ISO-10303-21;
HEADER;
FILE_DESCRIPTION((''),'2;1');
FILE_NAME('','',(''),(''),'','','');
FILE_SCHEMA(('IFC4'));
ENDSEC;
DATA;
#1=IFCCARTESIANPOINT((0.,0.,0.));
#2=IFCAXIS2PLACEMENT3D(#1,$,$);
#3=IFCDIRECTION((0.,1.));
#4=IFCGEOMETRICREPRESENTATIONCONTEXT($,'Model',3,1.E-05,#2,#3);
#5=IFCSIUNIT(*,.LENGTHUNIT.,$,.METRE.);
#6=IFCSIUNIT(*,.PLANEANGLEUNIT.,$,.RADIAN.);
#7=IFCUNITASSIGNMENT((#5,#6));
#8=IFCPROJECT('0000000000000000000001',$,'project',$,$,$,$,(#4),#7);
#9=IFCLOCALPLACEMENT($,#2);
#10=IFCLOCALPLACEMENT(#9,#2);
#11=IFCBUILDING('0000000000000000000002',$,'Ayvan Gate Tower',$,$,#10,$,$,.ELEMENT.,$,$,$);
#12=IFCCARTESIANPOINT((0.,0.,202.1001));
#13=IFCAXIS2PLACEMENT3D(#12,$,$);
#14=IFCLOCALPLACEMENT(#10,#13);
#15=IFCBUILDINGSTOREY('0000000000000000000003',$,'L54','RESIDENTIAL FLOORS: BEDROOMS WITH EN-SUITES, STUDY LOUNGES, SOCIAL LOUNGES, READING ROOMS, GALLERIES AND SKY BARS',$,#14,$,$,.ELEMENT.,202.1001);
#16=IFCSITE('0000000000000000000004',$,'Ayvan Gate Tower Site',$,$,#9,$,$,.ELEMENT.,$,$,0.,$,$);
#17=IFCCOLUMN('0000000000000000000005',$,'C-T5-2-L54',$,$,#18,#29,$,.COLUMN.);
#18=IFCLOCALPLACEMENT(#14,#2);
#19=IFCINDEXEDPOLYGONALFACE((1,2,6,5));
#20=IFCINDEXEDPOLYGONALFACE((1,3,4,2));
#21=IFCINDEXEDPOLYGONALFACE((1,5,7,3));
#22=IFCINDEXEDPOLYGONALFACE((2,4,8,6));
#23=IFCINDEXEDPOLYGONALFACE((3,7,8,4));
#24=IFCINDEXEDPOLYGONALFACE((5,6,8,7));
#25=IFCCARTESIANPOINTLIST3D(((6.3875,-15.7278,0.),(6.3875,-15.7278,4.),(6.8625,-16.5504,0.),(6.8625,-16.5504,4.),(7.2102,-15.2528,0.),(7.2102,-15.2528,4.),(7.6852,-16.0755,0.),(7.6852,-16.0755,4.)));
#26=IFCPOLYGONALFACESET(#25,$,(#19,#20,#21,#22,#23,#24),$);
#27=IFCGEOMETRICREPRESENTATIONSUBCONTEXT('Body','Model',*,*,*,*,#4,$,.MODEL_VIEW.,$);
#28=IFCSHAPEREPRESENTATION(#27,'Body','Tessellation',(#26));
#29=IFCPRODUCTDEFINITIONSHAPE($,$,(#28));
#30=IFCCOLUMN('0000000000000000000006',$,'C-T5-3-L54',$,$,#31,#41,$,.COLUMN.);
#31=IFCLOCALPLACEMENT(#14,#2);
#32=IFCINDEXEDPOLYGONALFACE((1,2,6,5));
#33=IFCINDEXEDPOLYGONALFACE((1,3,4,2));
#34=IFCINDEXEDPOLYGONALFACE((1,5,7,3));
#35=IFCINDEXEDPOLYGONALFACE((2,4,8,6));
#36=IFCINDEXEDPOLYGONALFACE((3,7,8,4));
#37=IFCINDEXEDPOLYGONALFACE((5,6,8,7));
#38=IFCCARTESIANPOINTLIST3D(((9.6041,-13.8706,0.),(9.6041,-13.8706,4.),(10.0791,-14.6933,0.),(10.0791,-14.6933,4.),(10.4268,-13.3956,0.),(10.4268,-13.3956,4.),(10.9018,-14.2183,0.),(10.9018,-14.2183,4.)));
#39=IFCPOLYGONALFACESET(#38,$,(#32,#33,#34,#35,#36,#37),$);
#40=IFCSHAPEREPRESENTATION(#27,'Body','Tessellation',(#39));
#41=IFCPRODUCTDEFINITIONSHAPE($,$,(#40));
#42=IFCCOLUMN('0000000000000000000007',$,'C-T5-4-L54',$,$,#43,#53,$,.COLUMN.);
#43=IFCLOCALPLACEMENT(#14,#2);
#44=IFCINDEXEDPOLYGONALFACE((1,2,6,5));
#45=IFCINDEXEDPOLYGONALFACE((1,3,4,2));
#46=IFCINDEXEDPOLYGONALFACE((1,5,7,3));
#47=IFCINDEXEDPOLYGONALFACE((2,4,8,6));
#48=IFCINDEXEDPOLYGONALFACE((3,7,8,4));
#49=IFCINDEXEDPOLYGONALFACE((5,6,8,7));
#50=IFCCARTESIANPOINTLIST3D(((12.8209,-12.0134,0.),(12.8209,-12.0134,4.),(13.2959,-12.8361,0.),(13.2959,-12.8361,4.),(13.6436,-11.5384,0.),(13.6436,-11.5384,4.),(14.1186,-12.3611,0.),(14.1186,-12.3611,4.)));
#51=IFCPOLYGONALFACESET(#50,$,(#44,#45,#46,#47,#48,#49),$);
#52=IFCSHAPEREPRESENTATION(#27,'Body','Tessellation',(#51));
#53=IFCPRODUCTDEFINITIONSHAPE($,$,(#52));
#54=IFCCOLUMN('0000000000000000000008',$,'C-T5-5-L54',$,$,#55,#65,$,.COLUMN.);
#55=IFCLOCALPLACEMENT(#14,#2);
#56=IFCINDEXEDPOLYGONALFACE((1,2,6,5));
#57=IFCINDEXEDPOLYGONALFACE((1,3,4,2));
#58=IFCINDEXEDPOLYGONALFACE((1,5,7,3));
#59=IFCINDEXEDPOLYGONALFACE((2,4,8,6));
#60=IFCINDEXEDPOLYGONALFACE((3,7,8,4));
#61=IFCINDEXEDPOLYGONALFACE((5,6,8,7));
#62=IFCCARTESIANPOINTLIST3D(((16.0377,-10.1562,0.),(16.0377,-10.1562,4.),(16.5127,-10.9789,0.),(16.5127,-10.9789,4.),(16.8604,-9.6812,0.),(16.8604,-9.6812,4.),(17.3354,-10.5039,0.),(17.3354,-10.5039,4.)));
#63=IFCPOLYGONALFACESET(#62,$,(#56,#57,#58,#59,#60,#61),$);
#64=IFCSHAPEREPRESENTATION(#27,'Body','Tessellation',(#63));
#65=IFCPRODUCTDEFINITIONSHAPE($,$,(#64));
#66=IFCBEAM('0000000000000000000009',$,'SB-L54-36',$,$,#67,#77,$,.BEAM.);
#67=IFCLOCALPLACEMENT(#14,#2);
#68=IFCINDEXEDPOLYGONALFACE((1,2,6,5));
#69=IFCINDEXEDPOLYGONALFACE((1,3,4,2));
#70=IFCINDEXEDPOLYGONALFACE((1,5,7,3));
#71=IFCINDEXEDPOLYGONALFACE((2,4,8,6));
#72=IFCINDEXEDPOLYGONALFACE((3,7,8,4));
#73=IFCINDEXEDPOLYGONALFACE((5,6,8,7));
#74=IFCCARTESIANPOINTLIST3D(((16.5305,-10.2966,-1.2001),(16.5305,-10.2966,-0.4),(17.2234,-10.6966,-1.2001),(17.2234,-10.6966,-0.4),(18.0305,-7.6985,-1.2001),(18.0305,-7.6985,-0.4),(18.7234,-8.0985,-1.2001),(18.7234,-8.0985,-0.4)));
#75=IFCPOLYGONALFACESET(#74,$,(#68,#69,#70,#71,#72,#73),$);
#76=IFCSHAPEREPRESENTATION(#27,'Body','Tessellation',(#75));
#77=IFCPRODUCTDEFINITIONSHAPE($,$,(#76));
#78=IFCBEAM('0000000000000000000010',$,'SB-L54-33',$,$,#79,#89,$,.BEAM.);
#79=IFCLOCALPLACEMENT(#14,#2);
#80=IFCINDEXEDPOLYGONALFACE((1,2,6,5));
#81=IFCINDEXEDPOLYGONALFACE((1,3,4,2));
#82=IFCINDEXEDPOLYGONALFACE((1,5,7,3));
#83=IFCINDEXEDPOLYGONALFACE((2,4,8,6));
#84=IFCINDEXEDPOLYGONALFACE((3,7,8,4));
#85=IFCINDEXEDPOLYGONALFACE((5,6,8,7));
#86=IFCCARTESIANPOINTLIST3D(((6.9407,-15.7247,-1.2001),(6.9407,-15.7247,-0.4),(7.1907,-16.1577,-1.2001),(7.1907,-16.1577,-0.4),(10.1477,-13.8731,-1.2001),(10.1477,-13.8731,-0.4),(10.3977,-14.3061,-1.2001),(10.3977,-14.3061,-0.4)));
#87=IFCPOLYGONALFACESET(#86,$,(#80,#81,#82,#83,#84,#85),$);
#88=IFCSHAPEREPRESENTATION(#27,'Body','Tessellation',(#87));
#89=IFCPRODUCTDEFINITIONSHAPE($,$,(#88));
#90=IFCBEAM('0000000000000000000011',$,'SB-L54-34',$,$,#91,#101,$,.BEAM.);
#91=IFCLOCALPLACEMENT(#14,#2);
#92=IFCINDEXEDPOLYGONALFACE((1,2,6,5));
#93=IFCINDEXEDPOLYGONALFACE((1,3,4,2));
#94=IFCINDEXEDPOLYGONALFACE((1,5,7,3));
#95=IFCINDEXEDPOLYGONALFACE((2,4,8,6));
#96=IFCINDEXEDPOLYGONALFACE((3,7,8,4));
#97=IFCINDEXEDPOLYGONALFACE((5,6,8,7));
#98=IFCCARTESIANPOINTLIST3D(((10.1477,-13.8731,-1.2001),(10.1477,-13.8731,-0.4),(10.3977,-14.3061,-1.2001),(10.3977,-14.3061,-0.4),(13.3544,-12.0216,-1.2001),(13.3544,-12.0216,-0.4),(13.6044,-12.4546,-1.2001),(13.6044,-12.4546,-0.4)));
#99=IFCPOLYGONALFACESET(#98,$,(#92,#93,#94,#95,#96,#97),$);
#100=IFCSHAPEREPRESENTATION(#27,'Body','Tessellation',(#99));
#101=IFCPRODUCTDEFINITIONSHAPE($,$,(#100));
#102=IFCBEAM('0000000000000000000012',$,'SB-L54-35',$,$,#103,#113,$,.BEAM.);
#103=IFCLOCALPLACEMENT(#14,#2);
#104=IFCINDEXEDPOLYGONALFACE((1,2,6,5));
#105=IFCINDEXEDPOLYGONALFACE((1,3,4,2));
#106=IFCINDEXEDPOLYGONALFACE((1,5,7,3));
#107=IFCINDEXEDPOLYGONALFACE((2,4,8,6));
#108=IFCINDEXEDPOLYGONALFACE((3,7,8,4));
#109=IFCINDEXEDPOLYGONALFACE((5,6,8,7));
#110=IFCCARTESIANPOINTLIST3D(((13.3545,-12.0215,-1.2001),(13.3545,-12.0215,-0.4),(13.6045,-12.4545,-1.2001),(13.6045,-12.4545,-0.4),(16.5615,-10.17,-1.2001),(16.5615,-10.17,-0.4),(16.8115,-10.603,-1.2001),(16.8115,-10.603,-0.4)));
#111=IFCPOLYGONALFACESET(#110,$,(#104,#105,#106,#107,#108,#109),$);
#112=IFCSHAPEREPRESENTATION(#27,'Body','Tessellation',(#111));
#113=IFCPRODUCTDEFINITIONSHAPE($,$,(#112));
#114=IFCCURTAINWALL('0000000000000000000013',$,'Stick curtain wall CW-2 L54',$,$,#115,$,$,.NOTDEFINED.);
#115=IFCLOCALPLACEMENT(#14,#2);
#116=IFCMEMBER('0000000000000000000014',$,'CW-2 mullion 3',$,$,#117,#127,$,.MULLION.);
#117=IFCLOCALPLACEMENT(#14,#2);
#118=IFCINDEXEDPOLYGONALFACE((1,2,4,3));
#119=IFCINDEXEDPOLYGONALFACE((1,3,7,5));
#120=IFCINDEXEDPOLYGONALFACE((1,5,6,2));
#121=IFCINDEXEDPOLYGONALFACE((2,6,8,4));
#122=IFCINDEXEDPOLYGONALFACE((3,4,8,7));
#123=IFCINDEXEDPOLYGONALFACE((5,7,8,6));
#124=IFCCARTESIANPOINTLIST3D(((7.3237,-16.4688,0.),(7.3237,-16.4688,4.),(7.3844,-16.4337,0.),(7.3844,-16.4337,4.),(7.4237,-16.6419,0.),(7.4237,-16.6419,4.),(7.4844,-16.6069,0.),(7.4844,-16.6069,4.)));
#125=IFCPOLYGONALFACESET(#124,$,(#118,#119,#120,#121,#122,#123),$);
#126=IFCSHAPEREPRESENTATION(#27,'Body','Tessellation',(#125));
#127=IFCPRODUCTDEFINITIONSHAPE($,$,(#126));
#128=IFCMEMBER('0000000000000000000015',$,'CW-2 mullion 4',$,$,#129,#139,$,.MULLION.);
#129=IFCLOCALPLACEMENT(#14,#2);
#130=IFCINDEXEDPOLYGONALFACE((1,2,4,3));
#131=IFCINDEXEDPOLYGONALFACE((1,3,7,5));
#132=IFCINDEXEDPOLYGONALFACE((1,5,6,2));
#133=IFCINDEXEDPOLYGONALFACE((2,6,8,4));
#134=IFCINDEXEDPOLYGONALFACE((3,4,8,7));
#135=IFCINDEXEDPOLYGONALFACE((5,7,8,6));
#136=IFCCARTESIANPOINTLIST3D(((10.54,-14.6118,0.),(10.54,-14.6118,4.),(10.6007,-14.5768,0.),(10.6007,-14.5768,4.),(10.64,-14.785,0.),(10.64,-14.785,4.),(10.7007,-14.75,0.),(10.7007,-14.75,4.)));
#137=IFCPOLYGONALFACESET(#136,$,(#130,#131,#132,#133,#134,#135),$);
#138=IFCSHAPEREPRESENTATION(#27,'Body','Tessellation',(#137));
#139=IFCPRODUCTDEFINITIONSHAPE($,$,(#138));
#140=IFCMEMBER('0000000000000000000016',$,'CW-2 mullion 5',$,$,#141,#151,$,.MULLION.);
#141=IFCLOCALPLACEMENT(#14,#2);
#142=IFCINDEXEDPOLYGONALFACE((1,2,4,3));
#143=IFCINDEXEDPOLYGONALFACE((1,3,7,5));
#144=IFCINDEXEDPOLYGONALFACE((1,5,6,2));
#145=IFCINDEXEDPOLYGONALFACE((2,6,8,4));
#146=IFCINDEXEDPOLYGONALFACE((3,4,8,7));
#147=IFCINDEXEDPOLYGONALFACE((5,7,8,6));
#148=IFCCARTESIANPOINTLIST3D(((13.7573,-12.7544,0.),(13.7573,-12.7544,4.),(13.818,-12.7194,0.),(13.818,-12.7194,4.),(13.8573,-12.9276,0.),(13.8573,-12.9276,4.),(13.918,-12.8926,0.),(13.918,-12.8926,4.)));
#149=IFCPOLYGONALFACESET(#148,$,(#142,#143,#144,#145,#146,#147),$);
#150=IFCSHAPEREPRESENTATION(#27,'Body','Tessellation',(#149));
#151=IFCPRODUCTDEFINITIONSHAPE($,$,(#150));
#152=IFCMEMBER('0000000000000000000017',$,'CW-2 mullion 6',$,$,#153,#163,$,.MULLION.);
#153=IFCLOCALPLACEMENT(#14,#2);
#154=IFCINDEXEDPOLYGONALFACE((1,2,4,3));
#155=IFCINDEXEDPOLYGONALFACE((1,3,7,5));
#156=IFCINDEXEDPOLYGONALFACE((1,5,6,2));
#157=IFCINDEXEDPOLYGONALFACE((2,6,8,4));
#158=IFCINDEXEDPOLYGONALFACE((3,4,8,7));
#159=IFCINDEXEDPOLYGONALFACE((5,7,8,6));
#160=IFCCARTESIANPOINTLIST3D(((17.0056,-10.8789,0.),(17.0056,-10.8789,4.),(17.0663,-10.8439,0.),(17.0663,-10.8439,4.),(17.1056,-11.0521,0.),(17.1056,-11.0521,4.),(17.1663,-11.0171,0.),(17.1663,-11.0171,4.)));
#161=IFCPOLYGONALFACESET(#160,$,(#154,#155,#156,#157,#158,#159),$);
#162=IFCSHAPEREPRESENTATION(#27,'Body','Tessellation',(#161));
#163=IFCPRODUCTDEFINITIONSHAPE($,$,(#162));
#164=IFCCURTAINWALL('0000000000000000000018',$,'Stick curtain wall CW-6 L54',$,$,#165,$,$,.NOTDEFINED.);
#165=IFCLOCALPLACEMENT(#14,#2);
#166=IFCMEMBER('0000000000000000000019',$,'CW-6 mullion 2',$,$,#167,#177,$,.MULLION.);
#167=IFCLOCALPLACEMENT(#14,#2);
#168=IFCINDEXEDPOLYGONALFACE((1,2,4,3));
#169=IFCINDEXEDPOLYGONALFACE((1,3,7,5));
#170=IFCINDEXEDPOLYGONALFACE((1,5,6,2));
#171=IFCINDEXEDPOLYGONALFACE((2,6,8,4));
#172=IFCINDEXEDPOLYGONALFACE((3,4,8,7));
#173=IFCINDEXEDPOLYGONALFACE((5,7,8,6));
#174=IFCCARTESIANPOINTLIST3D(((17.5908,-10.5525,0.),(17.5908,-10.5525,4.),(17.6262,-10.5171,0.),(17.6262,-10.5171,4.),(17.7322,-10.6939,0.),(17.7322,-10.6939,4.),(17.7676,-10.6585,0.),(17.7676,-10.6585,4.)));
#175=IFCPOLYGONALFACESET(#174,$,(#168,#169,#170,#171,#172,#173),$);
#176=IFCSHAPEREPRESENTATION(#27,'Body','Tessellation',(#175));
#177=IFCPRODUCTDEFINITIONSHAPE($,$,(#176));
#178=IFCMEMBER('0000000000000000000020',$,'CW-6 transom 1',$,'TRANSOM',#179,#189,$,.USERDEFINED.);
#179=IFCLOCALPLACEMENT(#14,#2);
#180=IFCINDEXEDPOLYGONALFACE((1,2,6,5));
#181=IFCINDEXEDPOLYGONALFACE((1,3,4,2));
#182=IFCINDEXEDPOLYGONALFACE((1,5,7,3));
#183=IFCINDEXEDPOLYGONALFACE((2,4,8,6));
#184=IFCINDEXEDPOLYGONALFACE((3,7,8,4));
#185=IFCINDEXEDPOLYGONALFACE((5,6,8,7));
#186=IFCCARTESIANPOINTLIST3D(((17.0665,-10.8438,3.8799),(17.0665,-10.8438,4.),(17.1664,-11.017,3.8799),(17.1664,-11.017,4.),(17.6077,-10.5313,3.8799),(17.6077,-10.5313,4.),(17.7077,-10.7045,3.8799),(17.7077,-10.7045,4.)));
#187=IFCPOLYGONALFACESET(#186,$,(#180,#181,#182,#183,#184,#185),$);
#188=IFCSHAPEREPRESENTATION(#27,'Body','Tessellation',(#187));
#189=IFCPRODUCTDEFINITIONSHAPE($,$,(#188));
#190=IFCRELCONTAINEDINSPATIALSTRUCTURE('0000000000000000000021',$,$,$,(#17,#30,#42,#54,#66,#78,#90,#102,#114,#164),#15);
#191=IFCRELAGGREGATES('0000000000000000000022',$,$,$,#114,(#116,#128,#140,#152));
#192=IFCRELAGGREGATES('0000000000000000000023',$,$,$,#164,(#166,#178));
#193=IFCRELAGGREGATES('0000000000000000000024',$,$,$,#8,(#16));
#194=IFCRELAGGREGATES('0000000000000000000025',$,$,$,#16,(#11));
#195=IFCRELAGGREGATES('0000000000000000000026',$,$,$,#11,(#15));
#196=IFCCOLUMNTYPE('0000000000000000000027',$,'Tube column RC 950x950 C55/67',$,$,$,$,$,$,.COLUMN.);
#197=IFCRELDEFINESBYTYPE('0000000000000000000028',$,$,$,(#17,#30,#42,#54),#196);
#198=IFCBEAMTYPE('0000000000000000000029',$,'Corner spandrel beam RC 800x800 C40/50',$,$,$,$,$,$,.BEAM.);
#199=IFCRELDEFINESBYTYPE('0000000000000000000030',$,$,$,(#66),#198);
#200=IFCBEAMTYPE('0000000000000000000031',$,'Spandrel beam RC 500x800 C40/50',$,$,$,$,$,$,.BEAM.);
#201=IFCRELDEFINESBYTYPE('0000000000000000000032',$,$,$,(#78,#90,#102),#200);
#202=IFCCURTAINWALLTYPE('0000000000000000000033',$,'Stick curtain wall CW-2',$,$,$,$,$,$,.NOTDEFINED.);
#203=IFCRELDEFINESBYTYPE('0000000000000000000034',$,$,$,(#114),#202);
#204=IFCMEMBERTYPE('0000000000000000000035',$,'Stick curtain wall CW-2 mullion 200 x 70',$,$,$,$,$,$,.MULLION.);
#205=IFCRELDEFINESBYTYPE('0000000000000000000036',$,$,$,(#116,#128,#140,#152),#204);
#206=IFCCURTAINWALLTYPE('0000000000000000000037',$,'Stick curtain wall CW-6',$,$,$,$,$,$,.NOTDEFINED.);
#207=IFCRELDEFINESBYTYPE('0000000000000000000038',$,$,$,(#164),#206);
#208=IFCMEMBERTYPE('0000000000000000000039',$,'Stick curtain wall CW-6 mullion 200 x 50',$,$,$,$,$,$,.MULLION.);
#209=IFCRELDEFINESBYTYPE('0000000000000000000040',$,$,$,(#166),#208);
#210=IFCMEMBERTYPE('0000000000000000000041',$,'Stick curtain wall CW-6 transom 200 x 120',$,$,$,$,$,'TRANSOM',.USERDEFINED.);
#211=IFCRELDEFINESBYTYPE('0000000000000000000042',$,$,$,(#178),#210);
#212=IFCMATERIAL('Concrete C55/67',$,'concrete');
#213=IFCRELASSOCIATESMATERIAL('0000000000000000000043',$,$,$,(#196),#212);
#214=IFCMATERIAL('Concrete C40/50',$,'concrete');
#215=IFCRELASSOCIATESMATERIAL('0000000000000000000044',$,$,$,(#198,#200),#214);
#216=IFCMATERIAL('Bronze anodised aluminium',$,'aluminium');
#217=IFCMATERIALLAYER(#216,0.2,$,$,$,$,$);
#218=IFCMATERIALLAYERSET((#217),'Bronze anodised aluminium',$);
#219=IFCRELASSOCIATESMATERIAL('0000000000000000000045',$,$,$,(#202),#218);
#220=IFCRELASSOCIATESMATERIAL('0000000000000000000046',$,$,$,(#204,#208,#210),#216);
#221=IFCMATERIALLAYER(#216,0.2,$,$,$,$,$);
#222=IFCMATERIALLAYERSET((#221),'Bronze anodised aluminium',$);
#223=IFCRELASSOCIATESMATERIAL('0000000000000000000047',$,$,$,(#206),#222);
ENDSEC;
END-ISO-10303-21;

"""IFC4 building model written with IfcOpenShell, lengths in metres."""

from ifc_helpers import new_model, si_unit, direction, frame, origin, origin_2d, place, context, subcontext, project, spatial, rectangle, extrude, material, layer, layer_set, material_profile, profile_set, type_object, element, aggregate, save


model = new_model("IFC4")

# Units and contexts
model_context = context("Model", 3, precision=1e-05, world=origin(), true_north=direction((0.0, 1.0)))
body_context = subcontext(model_context, "Body", "Model", "MODEL_VIEW")
ifc_project = project(units=[si_unit("LENGTHUNIT", "METRE"), si_unit("PLANEANGLEUNIT", "RADIAN")], contexts=[model_context])

# Site, building, storey
site_placement = place(None, origin())
site = spatial("IfcSite", under=ifc_project, at=site_placement, Name="Ayvan Gate Tower Site", CompositionType="ELEMENT", RefElevation=0.0)
building_placement = place(site_placement, origin())
building = spatial("IfcBuilding", under=site, at=building_placement, Name="Ayvan Gate Tower", CompositionType="ELEMENT")
storey_placement = place(building_placement, frame((0.0, 0.0, 202.1001)))
storey = spatial("IfcBuildingStorey", under=building, at=storey_placement, Name="L54", Description="RESIDENTIAL FLOORS: BEDROOMS WITH EN-SUITES, STUDY LOUNGES, SOCIAL LOUNGES, READING ROOMS, GALLERIES AND SKY BARS", CompositionType="ELEMENT", Elevation=202.1001)

# Columns
ifc_material_1 = material(Name="Concrete C55/67", Category="concrete")
ifc_material_profile_1 = material_profile(ifc_material_1, rectangle(XDim=0.95, YDim=0.95, at=origin_2d()), Name="RC 950x950")
ifc_profile_set_1 = profile_set([ifc_material_profile_1], Name="Concrete C55/67")
column_type = type_object("IfcColumnType", Name="Tube column RC 950x950 C55/67", PredefinedType="COLUMN", material=ifc_profile_set_1)
for number, where, z_axis, x_axis, name in (
    (1, (7.0364, -15.9016, 0.0), (0.0, 0.0, 1.0), (0.5, -0.866025, 0.0), "C-T5-2-L54"),
    (2, (10.2529, -14.0444, 0.0), (0.0, 0.0, 1.0), (0.5, -0.866025, 0.0), "C-T5-3-L54"),
    (3, (13.4697, -12.1873, 0.0), (0.0, 0.0, 1.0), (0.5, -0.866025, 0.0), "C-T5-4-L54"),
    (4, (16.6865, -10.3301, 0.0), (0.0, 0.0, 1.0), (0.5, -0.866025, 0.0), "C-T5-5-L54"),
):
    element("IfcColumn", number, at=place(storey_placement, frame(where, z_axis=z_axis, x_axis=x_axis)), inside=storey, type_object=column_type, Name=name, PredefinedType="COLUMN", context=body_context, shape_type="SweptSolid", body=[
        extrude(rectangle(XDim=0.95, YDim=0.95, at=origin_2d()), origin(), (0.0, 0.0, 1.0), 4.0),
    ])

# Beams
ifc_material_2 = material(Name="Concrete C40/50", Category="concrete")
ifc_material_profile_2 = material_profile(ifc_material_2, rectangle(XDim=0.8, YDim=0.8, at=origin_2d()), Name="RC 800x800")
ifc_profile_set_2 = profile_set([ifc_material_profile_2], Name="Concrete C40/50")
beam_type_1 = type_object("IfcBeamType", Name="Corner spandrel beam RC 800x800 C40/50", PredefinedType="BEAM", material=ifc_profile_set_2)
beam_1_placement = place(storey_placement, frame((16.877, -10.4966, -0.8), z_axis=(0.49999, 0.866031, 0.0), x_axis=(-0.866031, 0.49999, 0.0)))
element("IfcBeam", 5, at=beam_1_placement, inside=storey, type_object=beam_type_1, Name="SB-L54-36", PredefinedType="BEAM", context=body_context, shape_type="SweptSolid", body=[
    extrude(rectangle(XDim=0.8, YDim=0.8, at=origin_2d()), origin(), (0.0, 0.0, 1.0), 3.0),
])
ifc_material_profile_3 = material_profile(ifc_material_2, rectangle(XDim=0.5, YDim=0.8, at=origin_2d()), Name="RC 500x800")
ifc_profile_set_3 = profile_set([ifc_material_profile_3], Name="Concrete C40/50")
beam_type_2 = type_object("IfcBeamType", Name="Spandrel beam RC 500x800 C40/50", PredefinedType="BEAM", material=ifc_profile_set_3)
beam_2_placement = place(storey_placement, frame((7.0657, -15.9412, -0.8), z_axis=(0.866027, 0.499996, 0.0), x_axis=(-0.499996, 0.866027, 0.0)))
element("IfcBeam", 6, at=beam_2_placement, inside=storey, type_object=beam_type_2, Name="SB-L54-33", PredefinedType="BEAM", context=body_context, shape_type="SweptSolid", body=[
    extrude(rectangle(XDim=0.5, YDim=0.8, at=origin_2d()), origin(), (0.0, 0.0, 1.0), 3.7031),
])
beam_3_placement = place(storey_placement, frame((10.2727, -14.0896, -0.8), z_axis=(0.866011, 0.500025, 0.0), x_axis=(-0.500025, 0.866011, 0.0)))
element("IfcBeam", 7, at=beam_3_placement, inside=storey, type_object=beam_type_2, Name="SB-L54-34", PredefinedType="BEAM", context=body_context, shape_type="SweptSolid", body=[
    extrude(rectangle(XDim=0.5, YDim=0.8, at=origin_2d()), origin(), (0.0, 0.0, 1.0), 3.7029),
])
beam_4_placement = place(storey_placement, frame((13.4795, -12.238, -0.8), z_axis=(0.866027, 0.499996, 0.0), x_axis=(-0.499996, 0.866027, 0.0)))
element("IfcBeam", 8, at=beam_4_placement, inside=storey, type_object=beam_type_2, Name="SB-L54-35", PredefinedType="BEAM", context=body_context, shape_type="SweptSolid", body=[
    extrude(rectangle(XDim=0.5, YDim=0.8, at=origin_2d()), origin(), (0.0, 0.0, 1.0), 3.7031),
])

# Curtain walls, members
ifc_material_3 = material(Name="Bronze anodised aluminium", Category="aluminium")
ifc_layer_1 = layer(ifc_material_3, 0.2)
ifc_layer_set_1 = layer_set([ifc_layer_1], Name="Bronze anodised aluminium")
curtain_wall_type_1 = type_object("IfcCurtainWallType", Name="Stick curtain wall CW-2", PredefinedType="NOTDEFINED", material=ifc_layer_set_1)
curtain_wall_1_placement = place(storey_placement, origin())
curtain_wall_1 = element("IfcCurtainWall", 9, at=curtain_wall_1_placement, inside=storey, type_object=curtain_wall_type_1, Name="Stick curtain wall CW-2 L54", PredefinedType="NOTDEFINED")
ifc_material_profile_4 = material_profile(ifc_material_3, rectangle(XDim=0.2, YDim=0.0701, at=origin_2d()), Name="Stick curtain wall CW-2 mullion 200 x 70")
ifc_profile_set_4 = profile_set([ifc_material_profile_4], Name="Bronze anodised aluminium")
member_type_1 = type_object("IfcMemberType", Name="Stick curtain wall CW-2 mullion 200 x 70", PredefinedType="MULLION", material=ifc_profile_set_4)
member_1_placement = place(storey_placement, frame((7.4041, -16.5378, 0.0), z_axis=(0.0, 0.0, 1.0), x_axis=(0.5, -0.866025, 0.0)))
member_1 = element("IfcMember", 10, at=member_1_placement, type_object=member_type_1, Name="CW-2 mullion 3", PredefinedType="MULLION", context=body_context, shape_type="SweptSolid", body=[
    extrude(rectangle(XDim=0.2, YDim=0.0701, at=origin_2d()), origin(), (0.0, 0.0, 1.0), 4.0),
])
member_2_placement = place(storey_placement, frame((10.6204, -14.6809, 0.0), z_axis=(0.0, 0.0, 1.0), x_axis=(0.5, -0.866025, 0.0)))
member_2 = element("IfcMember", 11, at=member_2_placement, type_object=member_type_1, Name="CW-2 mullion 4", PredefinedType="MULLION", context=body_context, shape_type="SweptSolid", body=[
    extrude(rectangle(XDim=0.2, YDim=0.0701, at=origin_2d()), origin(), (0.0, 0.0, 1.0), 4.0),
])
member_3_placement = place(storey_placement, frame((13.8376, -12.8235, 0.0), z_axis=(0.0, 0.0, 1.0), x_axis=(0.5, -0.866025, 0.0)))
member_3 = element("IfcMember", 12, at=member_3_placement, type_object=member_type_1, Name="CW-2 mullion 5", PredefinedType="MULLION", context=body_context, shape_type="SweptSolid", body=[
    extrude(rectangle(XDim=0.2, YDim=0.0701, at=origin_2d()), origin(), (0.0, 0.0, 1.0), 4.0),
])
member_4_placement = place(storey_placement, frame((17.0859, -10.948, 0.0), z_axis=(0.0, 0.0, 1.0), x_axis=(0.5, -0.866025, 0.0)))
member_4 = element("IfcMember", 13, at=member_4_placement, type_object=member_type_1, Name="CW-2 mullion 6", PredefinedType="MULLION", context=body_context, shape_type="SweptSolid", body=[
    extrude(rectangle(XDim=0.2, YDim=0.0701, at=origin_2d()), origin(), (0.0, 0.0, 1.0), 4.0),
])
ifc_layer_2 = layer(ifc_material_3, 0.2)
ifc_layer_set_2 = layer_set([ifc_layer_2], Name="Bronze anodised aluminium")
curtain_wall_type_2 = type_object("IfcCurtainWallType", Name="Stick curtain wall CW-6", PredefinedType="NOTDEFINED", material=ifc_layer_set_2)
curtain_wall_2_placement = place(storey_placement, origin())
curtain_wall_2 = element("IfcCurtainWall", 14, at=curtain_wall_2_placement, inside=storey, type_object=curtain_wall_type_2, Name="Stick curtain wall CW-6 L54", PredefinedType="NOTDEFINED")
ifc_material_profile_5 = material_profile(ifc_material_3, rectangle(XDim=0.2, YDim=0.05, at=origin_2d()), Name="Stick curtain wall CW-6 mullion 200 x 50")
ifc_profile_set_5 = profile_set([ifc_material_profile_5], Name="Bronze anodised aluminium")
member_type_2 = type_object("IfcMemberType", Name="Stick curtain wall CW-6 mullion 200 x 50", PredefinedType="MULLION", material=ifc_profile_set_5)
member_5_placement = place(storey_placement, frame((17.6792, -10.6055, 0.0), z_axis=(0.0, 0.0, 1.0), x_axis=(0.707107, -0.707107, 0.0)))
member_5 = element("IfcMember", 15, at=member_5_placement, type_object=member_type_2, Name="CW-6 mullion 2", PredefinedType="MULLION", context=body_context, shape_type="SweptSolid", body=[
    extrude(rectangle(XDim=0.2, YDim=0.05, at=origin_2d()), origin(), (0.0, 0.0, 1.0), 4.0),
])
ifc_material_profile_6 = material_profile(ifc_material_3, rectangle(XDim=0.2, YDim=0.1201, at=origin_2d()), Name="Stick curtain wall CW-6 transom 200 x 120")
ifc_profile_set_6 = profile_set([ifc_material_profile_6], Name="Bronze anodised aluminium")
member_type_3 = type_object("IfcMemberType", Name="Stick curtain wall CW-6 transom 200 x 120", ElementType="TRANSOM", PredefinedType="USERDEFINED", material=ifc_profile_set_6)
member_6_placement = place(storey_placement, frame((17.1165, -10.9304, 3.9399), z_axis=(0.866023, 0.500004, 0.0), x_axis=(-0.500004, 0.866023, 0.0)))
member_6 = element("IfcMember", 16, at=member_6_placement, type_object=member_type_3, Name="CW-6 transom 1", ObjectType="TRANSOM", PredefinedType="USERDEFINED", context=body_context, shape_type="SweptSolid", body=[
    extrude(rectangle(XDim=0.2, YDim=0.1201, at=origin_2d()), origin(), (0.0, 0.0, 1.0), 0.625),
])

aggregate(curtain_wall_1, [member_1, member_2, member_3, member_4])
aggregate(curtain_wall_2, [member_5, member_6])

save(model, "model.ifc")
